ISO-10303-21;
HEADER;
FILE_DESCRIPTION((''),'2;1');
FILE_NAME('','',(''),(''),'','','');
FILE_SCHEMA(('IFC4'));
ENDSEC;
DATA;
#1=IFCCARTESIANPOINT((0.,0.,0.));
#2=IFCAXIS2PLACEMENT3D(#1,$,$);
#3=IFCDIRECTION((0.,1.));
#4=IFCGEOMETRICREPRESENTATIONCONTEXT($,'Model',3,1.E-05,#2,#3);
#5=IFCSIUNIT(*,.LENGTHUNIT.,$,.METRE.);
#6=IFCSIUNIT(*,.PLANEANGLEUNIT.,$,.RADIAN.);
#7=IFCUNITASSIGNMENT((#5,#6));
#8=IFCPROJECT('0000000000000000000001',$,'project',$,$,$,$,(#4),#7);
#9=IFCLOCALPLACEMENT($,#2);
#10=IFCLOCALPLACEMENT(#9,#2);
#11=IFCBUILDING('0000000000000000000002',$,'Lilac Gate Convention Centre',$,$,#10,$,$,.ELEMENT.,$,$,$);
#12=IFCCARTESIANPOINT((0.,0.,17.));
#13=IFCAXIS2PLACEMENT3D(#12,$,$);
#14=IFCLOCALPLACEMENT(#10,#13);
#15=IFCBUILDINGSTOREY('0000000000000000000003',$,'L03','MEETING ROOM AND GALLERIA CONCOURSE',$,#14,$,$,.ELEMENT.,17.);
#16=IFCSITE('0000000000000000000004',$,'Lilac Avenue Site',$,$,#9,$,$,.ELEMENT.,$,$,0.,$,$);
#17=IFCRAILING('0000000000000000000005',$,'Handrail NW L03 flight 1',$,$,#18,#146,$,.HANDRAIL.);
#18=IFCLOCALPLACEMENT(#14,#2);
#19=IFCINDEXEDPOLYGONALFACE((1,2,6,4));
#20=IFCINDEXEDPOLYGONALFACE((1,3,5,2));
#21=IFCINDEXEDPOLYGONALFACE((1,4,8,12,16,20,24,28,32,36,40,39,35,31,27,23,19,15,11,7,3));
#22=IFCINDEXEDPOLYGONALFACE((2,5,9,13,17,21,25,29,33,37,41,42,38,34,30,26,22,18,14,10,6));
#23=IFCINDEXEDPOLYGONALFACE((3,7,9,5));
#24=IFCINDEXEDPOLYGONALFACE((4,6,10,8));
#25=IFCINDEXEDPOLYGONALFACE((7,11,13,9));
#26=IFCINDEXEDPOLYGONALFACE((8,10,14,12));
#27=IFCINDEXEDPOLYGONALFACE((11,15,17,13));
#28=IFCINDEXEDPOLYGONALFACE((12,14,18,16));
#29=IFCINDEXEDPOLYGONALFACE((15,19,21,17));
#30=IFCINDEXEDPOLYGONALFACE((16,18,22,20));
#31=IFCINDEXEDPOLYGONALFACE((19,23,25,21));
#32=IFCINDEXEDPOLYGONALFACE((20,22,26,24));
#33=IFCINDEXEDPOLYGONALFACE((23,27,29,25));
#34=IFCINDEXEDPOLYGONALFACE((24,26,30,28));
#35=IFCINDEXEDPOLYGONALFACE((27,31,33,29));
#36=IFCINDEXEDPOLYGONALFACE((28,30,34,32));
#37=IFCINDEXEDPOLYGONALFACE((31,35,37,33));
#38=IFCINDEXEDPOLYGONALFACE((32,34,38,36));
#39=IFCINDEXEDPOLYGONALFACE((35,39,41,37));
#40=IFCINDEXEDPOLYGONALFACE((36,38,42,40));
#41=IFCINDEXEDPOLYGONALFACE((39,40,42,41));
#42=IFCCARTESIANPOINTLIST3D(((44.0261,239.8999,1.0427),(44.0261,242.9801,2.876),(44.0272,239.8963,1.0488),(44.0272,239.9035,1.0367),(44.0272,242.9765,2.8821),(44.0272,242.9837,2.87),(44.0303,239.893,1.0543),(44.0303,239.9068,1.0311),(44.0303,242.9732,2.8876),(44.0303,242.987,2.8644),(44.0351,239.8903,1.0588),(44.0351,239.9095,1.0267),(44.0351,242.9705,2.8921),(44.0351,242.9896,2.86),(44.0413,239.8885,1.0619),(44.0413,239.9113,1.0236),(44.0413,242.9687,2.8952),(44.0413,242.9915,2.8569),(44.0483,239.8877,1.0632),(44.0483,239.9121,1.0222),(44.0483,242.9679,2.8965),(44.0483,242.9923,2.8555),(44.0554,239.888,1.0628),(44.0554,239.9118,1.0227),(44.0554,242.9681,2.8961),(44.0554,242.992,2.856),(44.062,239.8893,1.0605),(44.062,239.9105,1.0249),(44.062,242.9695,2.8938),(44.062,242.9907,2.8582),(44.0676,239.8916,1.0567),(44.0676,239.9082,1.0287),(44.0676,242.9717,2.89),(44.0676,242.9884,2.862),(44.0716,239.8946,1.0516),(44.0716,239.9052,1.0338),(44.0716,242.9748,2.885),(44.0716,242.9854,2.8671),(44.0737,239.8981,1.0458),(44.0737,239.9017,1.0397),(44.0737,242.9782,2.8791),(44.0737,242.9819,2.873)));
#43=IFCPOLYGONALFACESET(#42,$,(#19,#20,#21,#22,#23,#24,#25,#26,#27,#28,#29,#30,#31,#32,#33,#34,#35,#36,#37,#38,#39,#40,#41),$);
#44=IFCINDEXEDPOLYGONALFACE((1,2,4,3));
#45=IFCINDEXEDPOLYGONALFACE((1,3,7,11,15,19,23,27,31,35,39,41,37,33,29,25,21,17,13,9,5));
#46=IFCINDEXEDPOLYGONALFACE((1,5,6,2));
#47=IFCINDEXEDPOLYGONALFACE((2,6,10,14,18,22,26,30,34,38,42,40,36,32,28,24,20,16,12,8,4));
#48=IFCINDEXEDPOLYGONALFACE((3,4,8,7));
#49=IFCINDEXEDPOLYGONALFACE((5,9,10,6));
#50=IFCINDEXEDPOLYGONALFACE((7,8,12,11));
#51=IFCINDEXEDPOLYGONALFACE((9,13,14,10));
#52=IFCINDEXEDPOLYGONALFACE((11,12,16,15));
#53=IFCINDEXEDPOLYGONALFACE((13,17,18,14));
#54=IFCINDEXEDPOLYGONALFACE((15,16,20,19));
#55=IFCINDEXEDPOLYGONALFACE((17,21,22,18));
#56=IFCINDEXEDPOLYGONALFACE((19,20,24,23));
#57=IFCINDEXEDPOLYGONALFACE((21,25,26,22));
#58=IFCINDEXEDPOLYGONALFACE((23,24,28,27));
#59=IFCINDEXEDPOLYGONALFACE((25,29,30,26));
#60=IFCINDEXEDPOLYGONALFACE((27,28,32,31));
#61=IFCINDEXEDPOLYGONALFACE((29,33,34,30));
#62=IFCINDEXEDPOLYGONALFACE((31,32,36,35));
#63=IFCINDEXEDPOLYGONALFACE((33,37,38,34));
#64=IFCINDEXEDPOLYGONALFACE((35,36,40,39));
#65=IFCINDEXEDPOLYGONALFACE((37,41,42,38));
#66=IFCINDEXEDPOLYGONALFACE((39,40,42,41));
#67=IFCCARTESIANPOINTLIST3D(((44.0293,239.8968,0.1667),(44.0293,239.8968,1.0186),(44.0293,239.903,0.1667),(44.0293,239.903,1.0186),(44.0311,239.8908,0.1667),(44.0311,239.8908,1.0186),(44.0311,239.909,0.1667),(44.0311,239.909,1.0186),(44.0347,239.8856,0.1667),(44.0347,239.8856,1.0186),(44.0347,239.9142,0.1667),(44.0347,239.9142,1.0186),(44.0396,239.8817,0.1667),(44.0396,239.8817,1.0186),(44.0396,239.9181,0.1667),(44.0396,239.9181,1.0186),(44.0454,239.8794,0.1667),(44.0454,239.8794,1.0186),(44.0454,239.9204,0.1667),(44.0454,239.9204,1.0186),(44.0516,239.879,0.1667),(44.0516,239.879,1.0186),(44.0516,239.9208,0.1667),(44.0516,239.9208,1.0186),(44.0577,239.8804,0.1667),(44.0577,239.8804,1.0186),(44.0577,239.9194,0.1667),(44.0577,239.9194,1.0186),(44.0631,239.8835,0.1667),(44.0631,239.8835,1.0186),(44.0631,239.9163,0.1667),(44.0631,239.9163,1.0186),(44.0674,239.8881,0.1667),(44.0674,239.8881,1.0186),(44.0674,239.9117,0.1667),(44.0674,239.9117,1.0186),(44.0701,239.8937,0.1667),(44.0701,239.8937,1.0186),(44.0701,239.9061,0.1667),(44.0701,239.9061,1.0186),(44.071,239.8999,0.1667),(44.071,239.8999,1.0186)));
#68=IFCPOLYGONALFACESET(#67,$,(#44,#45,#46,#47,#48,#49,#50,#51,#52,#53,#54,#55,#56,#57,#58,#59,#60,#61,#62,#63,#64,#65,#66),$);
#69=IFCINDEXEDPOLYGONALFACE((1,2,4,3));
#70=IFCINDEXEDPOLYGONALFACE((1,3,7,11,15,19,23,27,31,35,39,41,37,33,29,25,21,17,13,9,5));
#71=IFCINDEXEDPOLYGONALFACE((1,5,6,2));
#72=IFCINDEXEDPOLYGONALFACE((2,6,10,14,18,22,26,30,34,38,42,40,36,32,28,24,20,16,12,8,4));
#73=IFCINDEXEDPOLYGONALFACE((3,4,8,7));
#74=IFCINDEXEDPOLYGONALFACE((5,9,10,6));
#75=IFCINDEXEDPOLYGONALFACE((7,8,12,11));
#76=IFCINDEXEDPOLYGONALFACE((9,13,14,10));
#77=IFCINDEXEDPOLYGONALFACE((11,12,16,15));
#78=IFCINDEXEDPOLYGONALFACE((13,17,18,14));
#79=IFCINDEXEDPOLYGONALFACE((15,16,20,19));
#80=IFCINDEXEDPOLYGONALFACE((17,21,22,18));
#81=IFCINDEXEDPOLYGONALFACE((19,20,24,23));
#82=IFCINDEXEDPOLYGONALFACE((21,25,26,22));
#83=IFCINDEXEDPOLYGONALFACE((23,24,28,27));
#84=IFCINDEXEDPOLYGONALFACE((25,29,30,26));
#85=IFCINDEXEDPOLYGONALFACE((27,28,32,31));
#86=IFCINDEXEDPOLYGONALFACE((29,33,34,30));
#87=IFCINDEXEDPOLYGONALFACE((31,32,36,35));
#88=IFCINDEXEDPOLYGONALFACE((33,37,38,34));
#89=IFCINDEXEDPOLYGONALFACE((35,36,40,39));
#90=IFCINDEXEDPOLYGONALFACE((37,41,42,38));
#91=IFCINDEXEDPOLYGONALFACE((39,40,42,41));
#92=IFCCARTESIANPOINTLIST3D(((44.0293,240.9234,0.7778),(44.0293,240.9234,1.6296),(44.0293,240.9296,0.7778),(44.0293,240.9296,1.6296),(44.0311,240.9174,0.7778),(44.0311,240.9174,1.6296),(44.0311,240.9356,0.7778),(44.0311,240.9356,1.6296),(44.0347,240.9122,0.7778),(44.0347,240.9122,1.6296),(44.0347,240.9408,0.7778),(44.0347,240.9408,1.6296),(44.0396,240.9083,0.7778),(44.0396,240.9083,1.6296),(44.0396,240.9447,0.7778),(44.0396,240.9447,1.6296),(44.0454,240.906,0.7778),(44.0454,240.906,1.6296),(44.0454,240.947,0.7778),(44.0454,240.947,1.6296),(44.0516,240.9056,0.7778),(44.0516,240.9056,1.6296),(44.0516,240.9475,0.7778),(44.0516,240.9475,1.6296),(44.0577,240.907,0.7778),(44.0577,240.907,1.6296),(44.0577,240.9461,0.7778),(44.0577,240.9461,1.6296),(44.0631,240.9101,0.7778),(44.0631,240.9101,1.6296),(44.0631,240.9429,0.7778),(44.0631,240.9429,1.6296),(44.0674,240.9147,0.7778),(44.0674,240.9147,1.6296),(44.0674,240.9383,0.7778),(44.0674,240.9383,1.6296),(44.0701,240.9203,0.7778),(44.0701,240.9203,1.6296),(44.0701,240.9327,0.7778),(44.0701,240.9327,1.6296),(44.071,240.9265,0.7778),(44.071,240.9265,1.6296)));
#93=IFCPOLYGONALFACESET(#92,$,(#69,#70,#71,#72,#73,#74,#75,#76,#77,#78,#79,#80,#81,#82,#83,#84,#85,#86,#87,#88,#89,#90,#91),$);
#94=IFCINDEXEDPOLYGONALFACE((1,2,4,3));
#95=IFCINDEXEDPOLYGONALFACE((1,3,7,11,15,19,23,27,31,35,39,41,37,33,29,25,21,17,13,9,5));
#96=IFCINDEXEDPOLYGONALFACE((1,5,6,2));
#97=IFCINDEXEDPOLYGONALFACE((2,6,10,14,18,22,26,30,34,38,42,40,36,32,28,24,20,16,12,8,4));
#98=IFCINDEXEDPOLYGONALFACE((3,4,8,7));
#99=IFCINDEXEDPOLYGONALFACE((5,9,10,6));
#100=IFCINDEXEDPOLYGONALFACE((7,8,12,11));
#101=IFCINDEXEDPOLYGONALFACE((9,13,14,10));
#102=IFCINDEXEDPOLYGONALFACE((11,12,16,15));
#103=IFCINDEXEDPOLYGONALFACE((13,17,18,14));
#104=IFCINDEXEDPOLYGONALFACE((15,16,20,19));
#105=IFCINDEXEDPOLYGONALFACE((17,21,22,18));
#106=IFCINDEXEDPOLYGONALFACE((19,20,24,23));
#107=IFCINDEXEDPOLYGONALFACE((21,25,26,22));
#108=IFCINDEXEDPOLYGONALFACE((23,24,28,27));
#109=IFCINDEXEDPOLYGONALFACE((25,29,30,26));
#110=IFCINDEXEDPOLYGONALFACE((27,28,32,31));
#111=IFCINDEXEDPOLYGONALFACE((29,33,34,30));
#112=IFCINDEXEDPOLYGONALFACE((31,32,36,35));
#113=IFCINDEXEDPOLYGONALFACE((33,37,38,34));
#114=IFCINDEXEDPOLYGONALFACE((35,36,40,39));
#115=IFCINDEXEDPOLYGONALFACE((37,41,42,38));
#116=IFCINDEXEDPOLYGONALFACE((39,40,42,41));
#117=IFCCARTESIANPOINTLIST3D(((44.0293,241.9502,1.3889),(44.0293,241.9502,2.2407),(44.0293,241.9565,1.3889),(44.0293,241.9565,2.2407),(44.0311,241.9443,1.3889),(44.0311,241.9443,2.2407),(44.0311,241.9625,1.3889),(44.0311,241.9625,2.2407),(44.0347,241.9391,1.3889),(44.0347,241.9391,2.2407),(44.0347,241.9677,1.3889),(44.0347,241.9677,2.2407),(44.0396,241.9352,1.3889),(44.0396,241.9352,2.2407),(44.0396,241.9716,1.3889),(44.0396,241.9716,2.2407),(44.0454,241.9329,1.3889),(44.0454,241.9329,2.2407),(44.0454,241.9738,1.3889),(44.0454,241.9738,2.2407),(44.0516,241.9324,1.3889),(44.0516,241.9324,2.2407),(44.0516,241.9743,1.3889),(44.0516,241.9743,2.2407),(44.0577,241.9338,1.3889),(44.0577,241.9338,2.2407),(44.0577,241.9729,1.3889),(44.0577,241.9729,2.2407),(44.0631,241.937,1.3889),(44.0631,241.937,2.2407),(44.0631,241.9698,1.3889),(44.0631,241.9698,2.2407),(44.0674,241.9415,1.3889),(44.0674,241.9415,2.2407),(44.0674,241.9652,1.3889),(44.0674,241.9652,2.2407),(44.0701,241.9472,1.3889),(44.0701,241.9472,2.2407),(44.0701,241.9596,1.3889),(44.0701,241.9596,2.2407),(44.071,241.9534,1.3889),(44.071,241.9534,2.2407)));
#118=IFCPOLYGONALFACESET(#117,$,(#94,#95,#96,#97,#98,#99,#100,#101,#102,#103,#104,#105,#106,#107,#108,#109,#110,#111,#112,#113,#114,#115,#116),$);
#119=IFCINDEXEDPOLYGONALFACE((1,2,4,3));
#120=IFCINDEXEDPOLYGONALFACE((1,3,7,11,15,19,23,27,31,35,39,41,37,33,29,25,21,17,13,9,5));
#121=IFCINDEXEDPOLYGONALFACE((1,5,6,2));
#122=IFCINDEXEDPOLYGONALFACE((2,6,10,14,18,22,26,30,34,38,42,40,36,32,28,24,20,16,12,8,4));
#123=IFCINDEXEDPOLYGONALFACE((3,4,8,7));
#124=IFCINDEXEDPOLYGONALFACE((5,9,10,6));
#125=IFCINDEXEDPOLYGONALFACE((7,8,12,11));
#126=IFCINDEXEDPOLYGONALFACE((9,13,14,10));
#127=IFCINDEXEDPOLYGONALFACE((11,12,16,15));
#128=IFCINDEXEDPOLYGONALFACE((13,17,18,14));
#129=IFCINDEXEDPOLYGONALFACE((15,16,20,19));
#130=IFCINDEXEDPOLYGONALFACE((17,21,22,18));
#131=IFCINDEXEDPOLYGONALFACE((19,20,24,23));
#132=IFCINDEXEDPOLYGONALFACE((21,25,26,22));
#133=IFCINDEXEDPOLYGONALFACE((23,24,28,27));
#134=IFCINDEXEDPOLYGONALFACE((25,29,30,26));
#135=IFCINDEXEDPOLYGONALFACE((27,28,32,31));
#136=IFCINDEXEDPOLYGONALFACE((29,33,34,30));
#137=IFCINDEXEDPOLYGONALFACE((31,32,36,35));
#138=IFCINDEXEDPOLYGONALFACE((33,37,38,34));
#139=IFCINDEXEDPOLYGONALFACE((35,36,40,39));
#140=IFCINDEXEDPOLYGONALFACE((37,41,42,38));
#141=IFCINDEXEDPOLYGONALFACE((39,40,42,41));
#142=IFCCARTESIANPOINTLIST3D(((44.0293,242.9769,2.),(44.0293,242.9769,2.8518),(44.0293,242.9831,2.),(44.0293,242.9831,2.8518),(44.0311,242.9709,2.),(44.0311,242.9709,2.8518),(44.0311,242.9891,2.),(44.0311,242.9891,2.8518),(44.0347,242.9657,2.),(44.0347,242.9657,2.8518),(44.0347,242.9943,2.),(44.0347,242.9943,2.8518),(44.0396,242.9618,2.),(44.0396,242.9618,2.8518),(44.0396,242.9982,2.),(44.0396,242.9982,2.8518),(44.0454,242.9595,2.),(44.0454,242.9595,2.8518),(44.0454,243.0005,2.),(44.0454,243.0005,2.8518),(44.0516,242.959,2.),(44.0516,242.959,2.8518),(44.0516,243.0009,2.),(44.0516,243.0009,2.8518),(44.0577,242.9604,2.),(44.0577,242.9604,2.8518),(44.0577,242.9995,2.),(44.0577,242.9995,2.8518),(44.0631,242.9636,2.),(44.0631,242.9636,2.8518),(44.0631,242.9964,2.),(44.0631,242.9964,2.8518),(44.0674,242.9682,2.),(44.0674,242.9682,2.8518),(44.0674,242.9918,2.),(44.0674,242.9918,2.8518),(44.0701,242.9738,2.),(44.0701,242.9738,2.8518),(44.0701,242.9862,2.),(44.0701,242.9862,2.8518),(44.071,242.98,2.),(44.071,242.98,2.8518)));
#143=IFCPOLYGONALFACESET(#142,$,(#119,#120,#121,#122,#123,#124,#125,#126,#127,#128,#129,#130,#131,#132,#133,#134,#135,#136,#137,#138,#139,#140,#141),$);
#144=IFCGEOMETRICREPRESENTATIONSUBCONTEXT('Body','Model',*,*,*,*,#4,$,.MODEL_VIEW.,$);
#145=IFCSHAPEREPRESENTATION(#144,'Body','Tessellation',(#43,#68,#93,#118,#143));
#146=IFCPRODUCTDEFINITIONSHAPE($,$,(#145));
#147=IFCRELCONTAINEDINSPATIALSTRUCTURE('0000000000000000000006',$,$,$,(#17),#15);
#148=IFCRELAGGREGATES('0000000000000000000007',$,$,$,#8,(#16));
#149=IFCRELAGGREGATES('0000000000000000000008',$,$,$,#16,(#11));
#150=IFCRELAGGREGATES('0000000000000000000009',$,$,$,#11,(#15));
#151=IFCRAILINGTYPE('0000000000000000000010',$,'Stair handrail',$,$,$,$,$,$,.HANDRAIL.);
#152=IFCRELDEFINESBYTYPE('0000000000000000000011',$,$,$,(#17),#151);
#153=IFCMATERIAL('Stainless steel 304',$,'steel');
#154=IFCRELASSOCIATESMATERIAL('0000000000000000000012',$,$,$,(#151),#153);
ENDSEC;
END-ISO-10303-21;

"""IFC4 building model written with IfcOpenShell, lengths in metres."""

from ifc_helpers import new_model, si_unit, direction, frame, origin, origin_2d, place, context, subcontext, project, spatial, circle, extrude, material, type_object, element, save


model = new_model("IFC4")

# Units and contexts
model_context = context("Model", 3, precision=1e-05, world=origin(), true_north=direction((0.0, 1.0)))
body_context = subcontext(model_context, "Body", "Model", "MODEL_VIEW")
ifc_project = project(units=[si_unit("LENGTHUNIT", "METRE"), si_unit("PLANEANGLEUNIT", "RADIAN")], contexts=[model_context])

# Site, building, storey
site_placement = place(None, origin())
site = spatial("IfcSite", under=ifc_project, at=site_placement, Name="Lilac Avenue Site", CompositionType="ELEMENT", RefElevation=0.0)
building_placement = place(site_placement, origin())
building = spatial("IfcBuilding", under=site, at=building_placement, Name="Lilac Gate Convention Centre", CompositionType="ELEMENT")
storey_placement = place(building_placement, frame((0.0, 0.0, 17.0)))
storey = spatial("IfcBuildingStorey", under=building, at=storey_placement, Name="L03", Description="MEETING ROOM AND GALLERIA CONCOURSE", CompositionType="ELEMENT", Elevation=17.0)

# Railing
ifc_material_1 = material(Name="Stainless steel 304", Category="steel")
railing_type = type_object("IfcRailingType", Name="Stair handrail", PredefinedType="HANDRAIL", material=ifc_material_1)
for number, where, name in (
    (1, (44.05, 239.8999, 0.1667), "Handrail NW L03 flight 1"),
):
    element("IfcRailing", number, at=place(storey_placement, frame(where)), inside=storey, type_object=railing_type, Name=name, PredefinedType="HANDRAIL", context=body_context, shape_type="SweptSolid", body=[
        extrude(circle(Radius=0.0239, at=origin_2d()), frame((0.0, 0.0, 0.876), z_axis=(0.0, 0.859309, 0.511458), x_axis=(-1.0, 0.0, 0.0)), (0.0, 0.0, 1.0), 3.5845),
        extrude(circle(Radius=0.021, at=origin_2d()), origin(), (0.0, 0.0, 1.0), 0.8518),
        extrude(circle(Radius=0.021, at=origin_2d()), frame((0.0, 1.0266, 0.6111)), (0.0, 0.0, 1.0), 0.8518),
        extrude(circle(Radius=0.021, at=origin_2d()), frame((0.0, 2.0535, 1.2222)), (0.0, 0.0, 1.0), 0.8518),
        extrude(circle(Radius=0.021, at=origin_2d()), frame((0.0, 3.0801, 1.8333)), (0.0, 0.0, 1.0), 0.8518),
    ])

save(model, "model.ifc")
